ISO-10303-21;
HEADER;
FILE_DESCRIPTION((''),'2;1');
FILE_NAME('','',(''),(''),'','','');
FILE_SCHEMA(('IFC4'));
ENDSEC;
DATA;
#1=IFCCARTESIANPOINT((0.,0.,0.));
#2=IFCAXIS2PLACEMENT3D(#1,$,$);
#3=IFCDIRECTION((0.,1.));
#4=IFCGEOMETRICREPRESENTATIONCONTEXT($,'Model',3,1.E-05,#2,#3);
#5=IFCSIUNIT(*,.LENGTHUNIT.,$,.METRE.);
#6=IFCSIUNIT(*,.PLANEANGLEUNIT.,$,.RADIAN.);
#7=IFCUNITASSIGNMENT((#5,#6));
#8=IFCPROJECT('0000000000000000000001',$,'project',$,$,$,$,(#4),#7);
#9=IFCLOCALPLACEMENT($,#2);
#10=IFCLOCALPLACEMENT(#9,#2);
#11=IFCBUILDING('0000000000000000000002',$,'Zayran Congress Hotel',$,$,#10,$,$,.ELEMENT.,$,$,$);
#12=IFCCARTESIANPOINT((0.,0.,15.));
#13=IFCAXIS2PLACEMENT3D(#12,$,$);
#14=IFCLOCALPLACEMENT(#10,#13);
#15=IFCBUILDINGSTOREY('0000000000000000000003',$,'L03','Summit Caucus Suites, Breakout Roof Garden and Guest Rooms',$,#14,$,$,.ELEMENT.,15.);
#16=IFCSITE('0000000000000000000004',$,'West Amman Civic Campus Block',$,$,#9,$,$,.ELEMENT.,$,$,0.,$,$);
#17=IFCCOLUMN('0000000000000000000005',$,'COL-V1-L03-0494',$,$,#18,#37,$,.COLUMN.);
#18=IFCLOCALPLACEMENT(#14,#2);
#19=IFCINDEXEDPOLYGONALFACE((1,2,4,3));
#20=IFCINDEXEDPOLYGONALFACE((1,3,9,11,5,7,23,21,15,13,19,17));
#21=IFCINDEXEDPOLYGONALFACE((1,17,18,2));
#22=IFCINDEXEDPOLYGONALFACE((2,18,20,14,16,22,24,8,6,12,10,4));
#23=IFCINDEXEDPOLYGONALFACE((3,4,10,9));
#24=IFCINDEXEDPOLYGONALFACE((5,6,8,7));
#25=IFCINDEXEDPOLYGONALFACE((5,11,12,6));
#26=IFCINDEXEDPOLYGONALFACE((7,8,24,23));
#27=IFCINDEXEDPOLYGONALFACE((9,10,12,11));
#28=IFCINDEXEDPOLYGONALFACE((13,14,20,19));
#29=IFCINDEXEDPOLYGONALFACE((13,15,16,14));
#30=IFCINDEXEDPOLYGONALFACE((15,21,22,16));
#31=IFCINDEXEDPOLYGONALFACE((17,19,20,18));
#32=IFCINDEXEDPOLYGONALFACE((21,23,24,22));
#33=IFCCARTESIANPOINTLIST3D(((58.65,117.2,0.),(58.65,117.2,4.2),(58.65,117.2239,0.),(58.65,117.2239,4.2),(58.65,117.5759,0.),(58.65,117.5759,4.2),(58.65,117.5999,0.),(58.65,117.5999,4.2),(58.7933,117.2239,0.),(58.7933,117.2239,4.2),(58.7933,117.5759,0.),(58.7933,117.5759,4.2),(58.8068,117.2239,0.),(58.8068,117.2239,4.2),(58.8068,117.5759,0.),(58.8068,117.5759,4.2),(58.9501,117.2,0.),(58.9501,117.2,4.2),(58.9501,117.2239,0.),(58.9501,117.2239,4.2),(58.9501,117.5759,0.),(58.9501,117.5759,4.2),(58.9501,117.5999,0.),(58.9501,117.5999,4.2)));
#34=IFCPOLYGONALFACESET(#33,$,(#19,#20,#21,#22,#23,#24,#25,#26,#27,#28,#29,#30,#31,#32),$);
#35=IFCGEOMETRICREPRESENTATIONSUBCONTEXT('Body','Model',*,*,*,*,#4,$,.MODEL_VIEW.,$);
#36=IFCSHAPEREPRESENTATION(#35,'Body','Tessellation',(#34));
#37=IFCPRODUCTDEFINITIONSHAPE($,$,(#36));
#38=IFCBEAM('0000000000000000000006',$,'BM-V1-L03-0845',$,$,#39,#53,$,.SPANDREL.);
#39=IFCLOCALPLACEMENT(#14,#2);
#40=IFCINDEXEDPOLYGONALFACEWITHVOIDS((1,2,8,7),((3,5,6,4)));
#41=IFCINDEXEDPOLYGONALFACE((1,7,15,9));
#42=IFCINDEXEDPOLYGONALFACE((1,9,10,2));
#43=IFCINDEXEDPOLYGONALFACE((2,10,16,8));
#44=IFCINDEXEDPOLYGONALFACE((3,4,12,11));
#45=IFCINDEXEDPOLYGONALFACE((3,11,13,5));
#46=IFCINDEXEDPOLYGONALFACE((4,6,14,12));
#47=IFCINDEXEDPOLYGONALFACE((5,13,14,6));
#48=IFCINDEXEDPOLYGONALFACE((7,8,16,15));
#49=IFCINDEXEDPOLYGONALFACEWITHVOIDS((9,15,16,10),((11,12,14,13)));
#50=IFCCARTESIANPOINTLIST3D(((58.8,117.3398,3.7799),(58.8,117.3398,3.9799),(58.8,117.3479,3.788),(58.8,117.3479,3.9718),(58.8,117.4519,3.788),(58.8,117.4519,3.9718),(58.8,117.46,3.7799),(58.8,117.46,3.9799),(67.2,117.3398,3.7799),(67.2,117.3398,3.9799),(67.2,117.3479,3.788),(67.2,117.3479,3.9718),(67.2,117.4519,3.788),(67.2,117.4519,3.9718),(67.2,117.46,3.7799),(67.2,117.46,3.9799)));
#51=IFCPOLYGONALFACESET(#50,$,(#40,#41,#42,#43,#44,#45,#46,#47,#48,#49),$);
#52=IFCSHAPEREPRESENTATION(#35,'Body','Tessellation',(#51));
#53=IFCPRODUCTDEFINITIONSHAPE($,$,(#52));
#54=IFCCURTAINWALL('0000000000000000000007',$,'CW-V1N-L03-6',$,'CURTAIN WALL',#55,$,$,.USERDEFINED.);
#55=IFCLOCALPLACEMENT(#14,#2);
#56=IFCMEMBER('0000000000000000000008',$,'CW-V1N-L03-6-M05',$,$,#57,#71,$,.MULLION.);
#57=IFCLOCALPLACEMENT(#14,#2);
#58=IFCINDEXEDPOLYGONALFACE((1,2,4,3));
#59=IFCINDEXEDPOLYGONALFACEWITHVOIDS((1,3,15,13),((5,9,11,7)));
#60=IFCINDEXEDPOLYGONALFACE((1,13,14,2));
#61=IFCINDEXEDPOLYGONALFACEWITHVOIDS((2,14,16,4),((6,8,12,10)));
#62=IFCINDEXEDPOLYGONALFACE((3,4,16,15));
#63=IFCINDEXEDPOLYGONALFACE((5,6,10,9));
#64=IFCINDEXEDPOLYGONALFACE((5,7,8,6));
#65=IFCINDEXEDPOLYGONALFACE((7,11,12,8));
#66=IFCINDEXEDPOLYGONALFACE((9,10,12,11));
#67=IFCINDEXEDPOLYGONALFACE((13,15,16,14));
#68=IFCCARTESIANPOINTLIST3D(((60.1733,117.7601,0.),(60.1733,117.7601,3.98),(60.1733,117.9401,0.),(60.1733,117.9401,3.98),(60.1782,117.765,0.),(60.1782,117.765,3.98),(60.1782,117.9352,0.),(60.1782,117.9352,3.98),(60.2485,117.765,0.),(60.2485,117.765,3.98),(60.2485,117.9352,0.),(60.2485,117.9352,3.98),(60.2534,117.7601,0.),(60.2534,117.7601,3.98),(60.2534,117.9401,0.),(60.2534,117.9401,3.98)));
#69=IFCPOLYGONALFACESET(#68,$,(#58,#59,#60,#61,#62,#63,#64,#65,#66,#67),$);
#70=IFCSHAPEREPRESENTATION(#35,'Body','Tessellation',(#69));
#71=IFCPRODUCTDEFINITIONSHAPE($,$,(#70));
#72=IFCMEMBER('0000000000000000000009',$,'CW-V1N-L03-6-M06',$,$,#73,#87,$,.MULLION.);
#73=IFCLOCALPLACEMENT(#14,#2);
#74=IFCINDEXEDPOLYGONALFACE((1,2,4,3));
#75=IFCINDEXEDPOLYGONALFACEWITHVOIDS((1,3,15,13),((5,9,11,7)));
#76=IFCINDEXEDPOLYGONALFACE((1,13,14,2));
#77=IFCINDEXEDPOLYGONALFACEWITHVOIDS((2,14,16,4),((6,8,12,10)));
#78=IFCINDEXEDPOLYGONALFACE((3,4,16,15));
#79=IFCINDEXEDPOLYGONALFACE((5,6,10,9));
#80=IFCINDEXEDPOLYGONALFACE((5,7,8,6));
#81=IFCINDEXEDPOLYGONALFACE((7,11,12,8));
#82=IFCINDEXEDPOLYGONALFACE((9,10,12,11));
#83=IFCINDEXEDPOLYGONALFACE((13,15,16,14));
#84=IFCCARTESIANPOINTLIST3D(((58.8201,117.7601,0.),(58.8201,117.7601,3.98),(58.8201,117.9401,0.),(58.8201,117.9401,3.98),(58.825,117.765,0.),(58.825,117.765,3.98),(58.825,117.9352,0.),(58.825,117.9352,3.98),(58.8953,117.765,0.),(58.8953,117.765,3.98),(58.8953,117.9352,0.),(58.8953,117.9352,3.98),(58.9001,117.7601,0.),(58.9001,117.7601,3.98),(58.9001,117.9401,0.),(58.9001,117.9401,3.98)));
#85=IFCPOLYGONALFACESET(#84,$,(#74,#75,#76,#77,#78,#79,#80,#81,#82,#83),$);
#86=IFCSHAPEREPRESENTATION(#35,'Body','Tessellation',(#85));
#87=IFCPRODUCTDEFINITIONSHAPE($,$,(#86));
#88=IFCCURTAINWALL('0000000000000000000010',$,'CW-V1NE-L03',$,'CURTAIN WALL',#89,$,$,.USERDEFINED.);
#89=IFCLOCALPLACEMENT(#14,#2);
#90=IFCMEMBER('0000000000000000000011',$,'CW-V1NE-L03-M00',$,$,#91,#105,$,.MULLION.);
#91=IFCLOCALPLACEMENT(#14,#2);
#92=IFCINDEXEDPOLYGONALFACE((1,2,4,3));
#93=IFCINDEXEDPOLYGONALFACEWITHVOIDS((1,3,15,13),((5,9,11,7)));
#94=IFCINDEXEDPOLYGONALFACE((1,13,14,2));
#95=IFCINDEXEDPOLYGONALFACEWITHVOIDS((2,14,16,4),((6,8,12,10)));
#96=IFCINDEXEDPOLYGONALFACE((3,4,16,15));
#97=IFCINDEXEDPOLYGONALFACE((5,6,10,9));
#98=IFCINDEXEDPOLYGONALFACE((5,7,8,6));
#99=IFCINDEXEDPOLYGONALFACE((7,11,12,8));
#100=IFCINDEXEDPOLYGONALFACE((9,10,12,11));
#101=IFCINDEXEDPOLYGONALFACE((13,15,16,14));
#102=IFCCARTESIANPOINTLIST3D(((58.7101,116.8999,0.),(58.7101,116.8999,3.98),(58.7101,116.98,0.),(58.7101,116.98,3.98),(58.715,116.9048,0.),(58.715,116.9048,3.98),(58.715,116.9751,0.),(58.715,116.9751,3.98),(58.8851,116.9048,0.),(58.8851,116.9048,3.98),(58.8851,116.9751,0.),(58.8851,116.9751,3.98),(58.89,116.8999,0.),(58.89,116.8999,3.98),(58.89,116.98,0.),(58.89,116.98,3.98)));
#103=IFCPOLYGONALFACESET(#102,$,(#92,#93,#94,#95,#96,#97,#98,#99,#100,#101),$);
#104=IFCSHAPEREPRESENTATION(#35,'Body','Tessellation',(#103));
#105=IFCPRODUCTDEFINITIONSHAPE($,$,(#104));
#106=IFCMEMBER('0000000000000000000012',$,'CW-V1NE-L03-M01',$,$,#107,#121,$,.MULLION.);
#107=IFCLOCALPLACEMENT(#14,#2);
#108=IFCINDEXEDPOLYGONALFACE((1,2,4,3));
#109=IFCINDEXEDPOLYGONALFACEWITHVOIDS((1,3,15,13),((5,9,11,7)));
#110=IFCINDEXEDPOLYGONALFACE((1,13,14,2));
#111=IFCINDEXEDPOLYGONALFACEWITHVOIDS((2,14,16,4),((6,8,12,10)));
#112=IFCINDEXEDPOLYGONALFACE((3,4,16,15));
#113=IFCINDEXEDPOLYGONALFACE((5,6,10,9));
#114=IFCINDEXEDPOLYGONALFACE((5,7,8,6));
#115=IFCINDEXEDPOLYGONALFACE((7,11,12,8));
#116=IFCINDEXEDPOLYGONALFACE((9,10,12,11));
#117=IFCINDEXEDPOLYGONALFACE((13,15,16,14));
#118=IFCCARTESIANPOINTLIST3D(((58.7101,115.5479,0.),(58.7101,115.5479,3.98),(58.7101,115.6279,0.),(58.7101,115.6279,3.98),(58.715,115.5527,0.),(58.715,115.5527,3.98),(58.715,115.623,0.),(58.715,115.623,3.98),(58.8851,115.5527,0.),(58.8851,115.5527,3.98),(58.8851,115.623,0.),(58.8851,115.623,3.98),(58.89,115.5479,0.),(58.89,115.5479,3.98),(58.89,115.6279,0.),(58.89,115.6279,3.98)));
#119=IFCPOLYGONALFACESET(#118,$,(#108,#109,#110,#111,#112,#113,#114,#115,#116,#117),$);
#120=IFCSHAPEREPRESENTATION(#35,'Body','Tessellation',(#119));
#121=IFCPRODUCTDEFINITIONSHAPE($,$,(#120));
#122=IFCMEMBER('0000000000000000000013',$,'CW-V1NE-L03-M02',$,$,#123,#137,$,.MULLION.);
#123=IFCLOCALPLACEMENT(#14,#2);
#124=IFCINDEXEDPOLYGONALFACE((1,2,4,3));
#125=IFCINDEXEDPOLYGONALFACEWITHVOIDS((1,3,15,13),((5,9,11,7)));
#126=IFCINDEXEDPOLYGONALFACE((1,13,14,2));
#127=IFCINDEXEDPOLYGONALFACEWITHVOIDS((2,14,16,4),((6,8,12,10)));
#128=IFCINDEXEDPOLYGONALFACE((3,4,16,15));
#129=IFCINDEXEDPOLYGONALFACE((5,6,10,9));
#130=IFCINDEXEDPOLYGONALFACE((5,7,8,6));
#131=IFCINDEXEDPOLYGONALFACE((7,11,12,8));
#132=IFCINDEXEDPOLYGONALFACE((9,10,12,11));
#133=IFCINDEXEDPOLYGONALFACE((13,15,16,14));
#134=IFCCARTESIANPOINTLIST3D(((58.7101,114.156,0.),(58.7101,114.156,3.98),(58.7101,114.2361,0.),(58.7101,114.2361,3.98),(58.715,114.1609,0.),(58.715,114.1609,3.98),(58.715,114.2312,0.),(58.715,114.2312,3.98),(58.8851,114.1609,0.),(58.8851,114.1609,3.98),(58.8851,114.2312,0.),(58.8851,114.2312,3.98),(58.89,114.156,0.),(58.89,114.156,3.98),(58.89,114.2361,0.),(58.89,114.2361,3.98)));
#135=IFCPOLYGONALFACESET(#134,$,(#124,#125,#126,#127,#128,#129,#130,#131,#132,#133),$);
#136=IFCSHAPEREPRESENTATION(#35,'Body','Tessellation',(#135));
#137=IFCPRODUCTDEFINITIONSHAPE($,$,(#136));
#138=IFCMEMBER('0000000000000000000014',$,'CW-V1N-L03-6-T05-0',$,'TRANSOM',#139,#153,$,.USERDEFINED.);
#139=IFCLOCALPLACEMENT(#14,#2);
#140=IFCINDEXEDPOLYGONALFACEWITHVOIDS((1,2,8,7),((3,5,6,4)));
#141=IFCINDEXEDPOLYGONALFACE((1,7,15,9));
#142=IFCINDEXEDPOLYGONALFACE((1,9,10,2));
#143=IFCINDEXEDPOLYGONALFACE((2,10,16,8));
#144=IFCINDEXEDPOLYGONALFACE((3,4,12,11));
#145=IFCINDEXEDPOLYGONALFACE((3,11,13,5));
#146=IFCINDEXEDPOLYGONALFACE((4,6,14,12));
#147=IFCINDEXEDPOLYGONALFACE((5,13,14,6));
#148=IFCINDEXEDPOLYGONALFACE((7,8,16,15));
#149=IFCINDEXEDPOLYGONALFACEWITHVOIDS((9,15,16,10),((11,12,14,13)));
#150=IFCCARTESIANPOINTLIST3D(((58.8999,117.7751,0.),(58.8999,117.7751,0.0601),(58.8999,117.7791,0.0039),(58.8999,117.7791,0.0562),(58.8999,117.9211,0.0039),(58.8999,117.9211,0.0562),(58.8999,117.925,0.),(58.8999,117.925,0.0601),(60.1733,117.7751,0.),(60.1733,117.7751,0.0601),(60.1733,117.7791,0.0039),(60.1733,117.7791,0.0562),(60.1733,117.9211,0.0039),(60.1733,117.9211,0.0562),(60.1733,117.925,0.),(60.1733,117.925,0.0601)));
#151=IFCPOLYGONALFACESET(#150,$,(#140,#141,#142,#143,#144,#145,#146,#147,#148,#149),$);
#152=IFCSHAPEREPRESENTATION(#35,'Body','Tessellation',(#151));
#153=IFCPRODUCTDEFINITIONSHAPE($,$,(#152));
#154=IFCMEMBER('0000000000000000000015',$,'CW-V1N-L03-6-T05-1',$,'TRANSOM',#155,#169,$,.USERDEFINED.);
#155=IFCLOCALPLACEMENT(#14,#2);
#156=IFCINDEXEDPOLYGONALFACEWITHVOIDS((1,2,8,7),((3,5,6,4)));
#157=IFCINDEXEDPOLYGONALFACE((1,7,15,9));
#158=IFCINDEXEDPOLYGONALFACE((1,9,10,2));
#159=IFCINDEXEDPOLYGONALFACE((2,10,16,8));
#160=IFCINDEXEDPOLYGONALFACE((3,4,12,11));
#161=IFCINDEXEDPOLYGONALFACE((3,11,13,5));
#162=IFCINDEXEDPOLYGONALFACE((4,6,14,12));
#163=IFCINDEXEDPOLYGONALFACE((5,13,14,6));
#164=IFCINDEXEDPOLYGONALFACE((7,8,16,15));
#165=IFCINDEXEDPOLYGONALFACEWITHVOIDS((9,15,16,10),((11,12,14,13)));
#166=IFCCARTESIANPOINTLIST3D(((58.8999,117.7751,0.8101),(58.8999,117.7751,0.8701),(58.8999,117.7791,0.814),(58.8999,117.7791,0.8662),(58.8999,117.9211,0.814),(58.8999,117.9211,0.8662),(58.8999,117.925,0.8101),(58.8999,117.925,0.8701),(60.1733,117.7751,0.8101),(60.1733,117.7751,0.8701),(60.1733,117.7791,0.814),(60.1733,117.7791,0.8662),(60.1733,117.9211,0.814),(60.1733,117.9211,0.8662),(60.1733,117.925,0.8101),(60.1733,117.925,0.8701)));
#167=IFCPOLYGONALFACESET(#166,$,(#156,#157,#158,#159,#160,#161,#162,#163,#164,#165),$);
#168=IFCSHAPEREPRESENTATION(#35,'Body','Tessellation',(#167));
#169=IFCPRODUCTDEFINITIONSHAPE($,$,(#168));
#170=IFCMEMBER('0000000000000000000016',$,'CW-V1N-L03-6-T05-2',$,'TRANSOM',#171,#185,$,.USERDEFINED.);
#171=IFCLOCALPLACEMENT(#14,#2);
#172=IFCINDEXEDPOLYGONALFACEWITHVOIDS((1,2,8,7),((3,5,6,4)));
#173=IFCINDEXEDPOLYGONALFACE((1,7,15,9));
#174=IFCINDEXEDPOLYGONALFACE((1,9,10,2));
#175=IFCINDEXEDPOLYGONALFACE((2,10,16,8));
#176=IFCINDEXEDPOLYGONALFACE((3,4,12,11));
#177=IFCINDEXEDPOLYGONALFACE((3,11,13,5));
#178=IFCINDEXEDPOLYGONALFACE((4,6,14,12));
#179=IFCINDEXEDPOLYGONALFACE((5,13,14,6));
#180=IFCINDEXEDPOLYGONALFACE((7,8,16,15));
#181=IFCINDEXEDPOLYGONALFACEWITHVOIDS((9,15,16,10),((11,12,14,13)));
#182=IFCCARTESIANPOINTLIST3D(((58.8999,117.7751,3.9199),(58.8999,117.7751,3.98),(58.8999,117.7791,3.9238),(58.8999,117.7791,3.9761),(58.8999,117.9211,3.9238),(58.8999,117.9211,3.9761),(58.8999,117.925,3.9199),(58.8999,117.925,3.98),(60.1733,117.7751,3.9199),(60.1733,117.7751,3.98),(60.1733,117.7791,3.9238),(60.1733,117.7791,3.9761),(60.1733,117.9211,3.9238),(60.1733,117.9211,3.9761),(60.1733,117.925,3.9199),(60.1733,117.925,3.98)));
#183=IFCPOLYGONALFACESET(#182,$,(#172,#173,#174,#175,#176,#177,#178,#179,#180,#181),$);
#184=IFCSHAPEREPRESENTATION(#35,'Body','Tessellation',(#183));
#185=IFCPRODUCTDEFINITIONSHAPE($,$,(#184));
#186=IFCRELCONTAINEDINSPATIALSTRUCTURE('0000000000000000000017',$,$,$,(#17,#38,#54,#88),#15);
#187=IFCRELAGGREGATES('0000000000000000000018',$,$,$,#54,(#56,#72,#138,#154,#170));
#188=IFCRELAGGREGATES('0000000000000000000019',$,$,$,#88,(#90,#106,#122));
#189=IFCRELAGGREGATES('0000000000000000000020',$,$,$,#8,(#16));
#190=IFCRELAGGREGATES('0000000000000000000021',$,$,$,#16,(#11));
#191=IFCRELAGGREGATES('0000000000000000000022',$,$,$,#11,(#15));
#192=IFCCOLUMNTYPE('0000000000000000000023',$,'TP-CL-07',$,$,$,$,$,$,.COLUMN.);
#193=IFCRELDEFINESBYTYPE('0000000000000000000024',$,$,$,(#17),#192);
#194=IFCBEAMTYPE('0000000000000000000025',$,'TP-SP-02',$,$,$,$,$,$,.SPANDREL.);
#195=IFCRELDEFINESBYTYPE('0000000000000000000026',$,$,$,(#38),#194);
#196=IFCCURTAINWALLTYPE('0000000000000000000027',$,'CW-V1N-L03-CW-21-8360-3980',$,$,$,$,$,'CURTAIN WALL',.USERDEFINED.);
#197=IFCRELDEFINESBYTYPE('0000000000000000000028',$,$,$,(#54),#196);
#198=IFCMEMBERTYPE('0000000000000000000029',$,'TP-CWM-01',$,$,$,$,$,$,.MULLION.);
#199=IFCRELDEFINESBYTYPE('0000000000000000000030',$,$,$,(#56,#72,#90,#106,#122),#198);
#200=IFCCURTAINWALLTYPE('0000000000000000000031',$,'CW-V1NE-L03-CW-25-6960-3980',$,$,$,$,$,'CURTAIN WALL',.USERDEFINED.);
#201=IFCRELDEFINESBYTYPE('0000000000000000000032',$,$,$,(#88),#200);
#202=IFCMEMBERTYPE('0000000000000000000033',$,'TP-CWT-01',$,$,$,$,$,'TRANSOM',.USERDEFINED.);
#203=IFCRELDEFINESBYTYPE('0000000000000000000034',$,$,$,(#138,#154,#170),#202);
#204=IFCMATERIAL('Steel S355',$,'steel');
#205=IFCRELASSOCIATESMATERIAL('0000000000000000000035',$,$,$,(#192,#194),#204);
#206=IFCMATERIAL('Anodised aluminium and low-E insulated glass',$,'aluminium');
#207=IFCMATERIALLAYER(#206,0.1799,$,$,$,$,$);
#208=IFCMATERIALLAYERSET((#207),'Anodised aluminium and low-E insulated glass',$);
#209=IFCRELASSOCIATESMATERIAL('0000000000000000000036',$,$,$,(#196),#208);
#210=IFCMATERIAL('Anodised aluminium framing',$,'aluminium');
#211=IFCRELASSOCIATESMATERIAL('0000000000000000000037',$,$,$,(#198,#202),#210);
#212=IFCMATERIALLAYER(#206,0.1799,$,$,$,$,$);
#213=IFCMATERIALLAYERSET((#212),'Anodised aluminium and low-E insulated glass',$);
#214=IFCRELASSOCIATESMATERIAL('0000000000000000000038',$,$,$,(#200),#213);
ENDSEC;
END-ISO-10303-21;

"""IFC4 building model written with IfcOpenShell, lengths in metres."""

from ifc_helpers import new_model, si_unit, direction, frame, origin, origin_2d, place, context, subcontext, project, spatial, hollow_rectangle, i_section, extrude, material, layer, layer_set, material_profile, profile_set, type_object, element, aggregate, save


model = new_model("IFC4")

# Units and contexts
model_context = context("Model", 3, precision=1e-05, world=origin(), true_north=direction((0.0, 1.0)))
body_context = subcontext(model_context, "Body", "Model", "MODEL_VIEW")
ifc_project = project(units=[si_unit("LENGTHUNIT", "METRE"), si_unit("PLANEANGLEUNIT", "RADIAN")], contexts=[model_context])

# Site, building, storey
site_placement = place(None, origin())
site = spatial("IfcSite", under=ifc_project, at=site_placement, Name="West Amman Civic Campus Block", CompositionType="ELEMENT", RefElevation=0.0)
building_placement = place(site_placement, origin())
building = spatial("IfcBuilding", under=site, at=building_placement, Name="Zayran Congress Hotel", CompositionType="ELEMENT")
storey_placement = place(building_placement, frame((0.0, 0.0, 15.0)))
storey = spatial("IfcBuildingStorey", under=building, at=storey_placement, Name="L03", Description="Summit Caucus Suites, Breakout Roof Garden and Guest Rooms", CompositionType="ELEMENT", Elevation=15.0)

# Column
ifc_material_1 = material(Name="Steel S355", Category="steel")
ifc_material_profile_1 = material_profile(ifc_material_1, i_section(OverallWidth=0.3, OverallDepth=0.3999, WebThickness=0.0134, FlangeThickness=0.0239, at=origin_2d()), Name="HEB 400")
ifc_profile_set_1 = profile_set([ifc_material_profile_1], Name="Steel S355")
column_type = type_object("IfcColumnType", Name="TP-CL-07", PredefinedType="COLUMN", material=ifc_profile_set_1)
column_placement = place(storey_placement, frame((58.8, 117.3999, 0.0), z_axis=(0.0, 0.0, 1.0), x_axis=(1.0, 0.0, 0.0)))
element("IfcColumn", 1, at=column_placement, inside=storey, type_object=column_type, Name="COL-V1-L03-0494", PredefinedType="COLUMN", context=body_context, shape_type="SweptSolid", body=[
    extrude(i_section(OverallWidth=0.3, OverallDepth=0.3999, WebThickness=0.0134, FlangeThickness=0.0239, at=origin_2d()), origin(), (0.0, 0.0, 1.0), 4.2),
])

# Beam
ifc_material_profile_2 = material_profile(ifc_material_1, hollow_rectangle(XDim=0.1201, YDim=0.2, WallThickness=0.0081, at=origin_2d()), Name="RHS 200x120x8")
ifc_profile_set_2 = profile_set([ifc_material_profile_2], Name="Steel S355")
beam_type = type_object("IfcBeamType", Name="TP-SP-02", PredefinedType="SPANDREL", material=ifc_profile_set_2)
beam_placement = place(storey_placement, frame((58.8, 117.3999, 3.8799), z_axis=(1.0, 0.0, 0.0), x_axis=(0.0, 1.0, 0.0)))
element("IfcBeam", 2, at=beam_placement, inside=storey, type_object=beam_type, Name="BM-V1-L03-0845", PredefinedType="SPANDREL", context=body_context, shape_type="SweptSolid", body=[
    extrude(hollow_rectangle(XDim=0.1201, YDim=0.2, WallThickness=0.0081, at=origin_2d()), origin(), (0.0, 0.0, 1.0), 8.3999),
])

# Curtain walls, members
ifc_material_2 = material(Name="Anodised aluminium and low-E insulated glass", Category="aluminium")
ifc_layer_1 = layer(ifc_material_2, 0.1799)
ifc_layer_set_1 = layer_set([ifc_layer_1], Name="Anodised aluminium and low-E insulated glass")
curtain_wall_type_1 = type_object("IfcCurtainWallType", Name="CW-V1N-L03-CW-21-8360-3980", ElementType="CURTAIN WALL", PredefinedType="USERDEFINED", material=ifc_layer_set_1)
curtain_wall_1_placement = place(storey_placement, origin())
curtain_wall_1 = element("IfcCurtainWall", 3, at=curtain_wall_1_placement, inside=storey, type_object=curtain_wall_type_1, Name="CW-V1N-L03-6", ObjectType="CURTAIN WALL", PredefinedType="USERDEFINED")
ifc_material_3 = material(Name="Anodised aluminium framing", Category="aluminium")
ifc_material_profile_3 = material_profile(ifc_material_3, hollow_rectangle(XDim=0.0801, YDim=0.1799, WallThickness=0.0049, at=origin_2d()), Name="RHS 180x80x5")
ifc_profile_set_3 = profile_set([ifc_material_profile_3], Name="Anodised aluminium framing")
member_type_1 = type_object("IfcMemberType", Name="TP-CWM-01", PredefinedType="MULLION", material=ifc_profile_set_3)
member_1_placement = place(storey_placement, frame((60.2134, 117.8501, 0.0), z_axis=(0.0, 0.0, 1.0), x_axis=(1.0, 0.0, 0.0)))
member_1 = element("IfcMember", 4, at=member_1_placement, type_object=member_type_1, Name="CW-V1N-L03-6-M05", PredefinedType="MULLION", context=body_context, shape_type="SweptSolid", body=[
    extrude(hollow_rectangle(XDim=0.0801, YDim=0.1799, WallThickness=0.0049, at=origin_2d()), origin(), (0.0, 0.0, 1.0), 3.98),
])
member_2_placement = place(storey_placement, frame((58.8601, 117.8501, 0.0), z_axis=(0.0, 0.0, 1.0), x_axis=(1.0, 0.0, 0.0)))
member_2 = element("IfcMember", 5, at=member_2_placement, type_object=member_type_1, Name="CW-V1N-L03-6-M06", PredefinedType="MULLION", context=body_context, shape_type="SweptSolid", body=[
    extrude(hollow_rectangle(XDim=0.0801, YDim=0.1799, WallThickness=0.0049, at=origin_2d()), origin(), (0.0, 0.0, 1.0), 3.98),
])
ifc_layer_2 = layer(ifc_material_2, 0.1799)
ifc_layer_set_2 = layer_set([ifc_layer_2], Name="Anodised aluminium and low-E insulated glass")
curtain_wall_type_2 = type_object("IfcCurtainWallType", Name="CW-V1NE-L03-CW-25-6960-3980", ElementType="CURTAIN WALL", PredefinedType="USERDEFINED", material=ifc_layer_set_2)
curtain_wall_2_placement = place(storey_placement, origin())
curtain_wall_2 = element("IfcCurtainWall", 6, at=curtain_wall_2_placement, inside=storey, type_object=curtain_wall_type_2, Name="CW-V1NE-L03", ObjectType="CURTAIN WALL", PredefinedType="USERDEFINED")
member_3_placement = place(storey_placement, frame((58.8, 116.9399, 0.0), z_axis=(0.0, 0.0, 1.0), x_axis=(0.0, 1.0, 0.0)))
member_3 = element("IfcMember", 7, at=member_3_placement, type_object=member_type_1, Name="CW-V1NE-L03-M00", PredefinedType="MULLION", context=body_context, shape_type="SweptSolid", body=[
    extrude(hollow_rectangle(XDim=0.0801, YDim=0.1799, WallThickness=0.0049, at=origin_2d()), origin(), (0.0, 0.0, 1.0), 3.98),
])
member_4_placement = place(storey_placement, frame((58.8, 115.5879, 0.0), z_axis=(0.0, 0.0, 1.0), x_axis=(0.0, 1.0, 0.0)))
member_4 = element("IfcMember", 8, at=member_4_placement, type_object=member_type_1, Name="CW-V1NE-L03-M01", PredefinedType="MULLION", context=body_context, shape_type="SweptSolid", body=[
    extrude(hollow_rectangle(XDim=0.0801, YDim=0.1799, WallThickness=0.0049, at=origin_2d()), origin(), (0.0, 0.0, 1.0), 3.98),
])
member_5_placement = place(storey_placement, frame((58.8, 114.196, 0.0), z_axis=(0.0, 0.0, 1.0), x_axis=(0.0, 1.0, 0.0)))
member_5 = element("IfcMember", 9, at=member_5_placement, type_object=member_type_1, Name="CW-V1NE-L03-M02", PredefinedType="MULLION", context=body_context, shape_type="SweptSolid", body=[
    extrude(hollow_rectangle(XDim=0.0801, YDim=0.1799, WallThickness=0.0049, at=origin_2d()), origin(), (0.0, 0.0, 1.0), 3.98),
])

# Members
ifc_material_profile_4 = material_profile(ifc_material_3, hollow_rectangle(XDim=0.0601, YDim=0.1499, WallThickness=0.0039, at=origin_2d()), Name="RHS 150x60x4")
ifc_profile_set_4 = profile_set([ifc_material_profile_4], Name="Anodised aluminium framing")
member_type_2 = type_object("IfcMemberType", Name="TP-CWT-01", ElementType="TRANSOM", PredefinedType="USERDEFINED", material=ifc_profile_set_4)
member_6_placement = place(storey_placement, frame((60.1733, 117.8501, 0.03), z_axis=(-1.0, 0.0, 0.0), x_axis=(0.0, 0.0, 1.0)))
member_6 = element("IfcMember", 10, at=member_6_placement, type_object=member_type_2, Name="CW-V1N-L03-6-T05-0", ObjectType="TRANSOM", PredefinedType="USERDEFINED", context=body_context, shape_type="SweptSolid", body=[
    extrude(hollow_rectangle(XDim=0.0601, YDim=0.1499, WallThickness=0.0039, at=origin_2d()), origin(), (0.0, 0.0, 1.0), 1.2734),
])
member_7_placement = place(storey_placement, frame((60.1733, 117.8501, 0.8401), z_axis=(-1.0, 0.0, 0.0), x_axis=(0.0, 0.0, 1.0)))
member_7 = element("IfcMember", 11, at=member_7_placement, type_object=member_type_2, Name="CW-V1N-L03-6-T05-1", ObjectType="TRANSOM", PredefinedType="USERDEFINED", context=body_context, shape_type="SweptSolid", body=[
    extrude(hollow_rectangle(XDim=0.0601, YDim=0.1499, WallThickness=0.0039, at=origin_2d()), origin(), (0.0, 0.0, 1.0), 1.2734),
])
member_8_placement = place(storey_placement, frame((60.1733, 117.8501, 3.95), z_axis=(-1.0, 0.0, 0.0), x_axis=(0.0, 0.0, 1.0)))
member_8 = element("IfcMember", 12, at=member_8_placement, type_object=member_type_2, Name="CW-V1N-L03-6-T05-2", ObjectType="TRANSOM", PredefinedType="USERDEFINED", context=body_context, shape_type="SweptSolid", body=[
    extrude(hollow_rectangle(XDim=0.0601, YDim=0.1499, WallThickness=0.0039, at=origin_2d()), origin(), (0.0, 0.0, 1.0), 1.2734),
])

aggregate(curtain_wall_1, [member_1, member_2, member_6, member_7, member_8])
aggregate(curtain_wall_2, [member_3, member_4, member_5])

save(model, "model.ifc")
